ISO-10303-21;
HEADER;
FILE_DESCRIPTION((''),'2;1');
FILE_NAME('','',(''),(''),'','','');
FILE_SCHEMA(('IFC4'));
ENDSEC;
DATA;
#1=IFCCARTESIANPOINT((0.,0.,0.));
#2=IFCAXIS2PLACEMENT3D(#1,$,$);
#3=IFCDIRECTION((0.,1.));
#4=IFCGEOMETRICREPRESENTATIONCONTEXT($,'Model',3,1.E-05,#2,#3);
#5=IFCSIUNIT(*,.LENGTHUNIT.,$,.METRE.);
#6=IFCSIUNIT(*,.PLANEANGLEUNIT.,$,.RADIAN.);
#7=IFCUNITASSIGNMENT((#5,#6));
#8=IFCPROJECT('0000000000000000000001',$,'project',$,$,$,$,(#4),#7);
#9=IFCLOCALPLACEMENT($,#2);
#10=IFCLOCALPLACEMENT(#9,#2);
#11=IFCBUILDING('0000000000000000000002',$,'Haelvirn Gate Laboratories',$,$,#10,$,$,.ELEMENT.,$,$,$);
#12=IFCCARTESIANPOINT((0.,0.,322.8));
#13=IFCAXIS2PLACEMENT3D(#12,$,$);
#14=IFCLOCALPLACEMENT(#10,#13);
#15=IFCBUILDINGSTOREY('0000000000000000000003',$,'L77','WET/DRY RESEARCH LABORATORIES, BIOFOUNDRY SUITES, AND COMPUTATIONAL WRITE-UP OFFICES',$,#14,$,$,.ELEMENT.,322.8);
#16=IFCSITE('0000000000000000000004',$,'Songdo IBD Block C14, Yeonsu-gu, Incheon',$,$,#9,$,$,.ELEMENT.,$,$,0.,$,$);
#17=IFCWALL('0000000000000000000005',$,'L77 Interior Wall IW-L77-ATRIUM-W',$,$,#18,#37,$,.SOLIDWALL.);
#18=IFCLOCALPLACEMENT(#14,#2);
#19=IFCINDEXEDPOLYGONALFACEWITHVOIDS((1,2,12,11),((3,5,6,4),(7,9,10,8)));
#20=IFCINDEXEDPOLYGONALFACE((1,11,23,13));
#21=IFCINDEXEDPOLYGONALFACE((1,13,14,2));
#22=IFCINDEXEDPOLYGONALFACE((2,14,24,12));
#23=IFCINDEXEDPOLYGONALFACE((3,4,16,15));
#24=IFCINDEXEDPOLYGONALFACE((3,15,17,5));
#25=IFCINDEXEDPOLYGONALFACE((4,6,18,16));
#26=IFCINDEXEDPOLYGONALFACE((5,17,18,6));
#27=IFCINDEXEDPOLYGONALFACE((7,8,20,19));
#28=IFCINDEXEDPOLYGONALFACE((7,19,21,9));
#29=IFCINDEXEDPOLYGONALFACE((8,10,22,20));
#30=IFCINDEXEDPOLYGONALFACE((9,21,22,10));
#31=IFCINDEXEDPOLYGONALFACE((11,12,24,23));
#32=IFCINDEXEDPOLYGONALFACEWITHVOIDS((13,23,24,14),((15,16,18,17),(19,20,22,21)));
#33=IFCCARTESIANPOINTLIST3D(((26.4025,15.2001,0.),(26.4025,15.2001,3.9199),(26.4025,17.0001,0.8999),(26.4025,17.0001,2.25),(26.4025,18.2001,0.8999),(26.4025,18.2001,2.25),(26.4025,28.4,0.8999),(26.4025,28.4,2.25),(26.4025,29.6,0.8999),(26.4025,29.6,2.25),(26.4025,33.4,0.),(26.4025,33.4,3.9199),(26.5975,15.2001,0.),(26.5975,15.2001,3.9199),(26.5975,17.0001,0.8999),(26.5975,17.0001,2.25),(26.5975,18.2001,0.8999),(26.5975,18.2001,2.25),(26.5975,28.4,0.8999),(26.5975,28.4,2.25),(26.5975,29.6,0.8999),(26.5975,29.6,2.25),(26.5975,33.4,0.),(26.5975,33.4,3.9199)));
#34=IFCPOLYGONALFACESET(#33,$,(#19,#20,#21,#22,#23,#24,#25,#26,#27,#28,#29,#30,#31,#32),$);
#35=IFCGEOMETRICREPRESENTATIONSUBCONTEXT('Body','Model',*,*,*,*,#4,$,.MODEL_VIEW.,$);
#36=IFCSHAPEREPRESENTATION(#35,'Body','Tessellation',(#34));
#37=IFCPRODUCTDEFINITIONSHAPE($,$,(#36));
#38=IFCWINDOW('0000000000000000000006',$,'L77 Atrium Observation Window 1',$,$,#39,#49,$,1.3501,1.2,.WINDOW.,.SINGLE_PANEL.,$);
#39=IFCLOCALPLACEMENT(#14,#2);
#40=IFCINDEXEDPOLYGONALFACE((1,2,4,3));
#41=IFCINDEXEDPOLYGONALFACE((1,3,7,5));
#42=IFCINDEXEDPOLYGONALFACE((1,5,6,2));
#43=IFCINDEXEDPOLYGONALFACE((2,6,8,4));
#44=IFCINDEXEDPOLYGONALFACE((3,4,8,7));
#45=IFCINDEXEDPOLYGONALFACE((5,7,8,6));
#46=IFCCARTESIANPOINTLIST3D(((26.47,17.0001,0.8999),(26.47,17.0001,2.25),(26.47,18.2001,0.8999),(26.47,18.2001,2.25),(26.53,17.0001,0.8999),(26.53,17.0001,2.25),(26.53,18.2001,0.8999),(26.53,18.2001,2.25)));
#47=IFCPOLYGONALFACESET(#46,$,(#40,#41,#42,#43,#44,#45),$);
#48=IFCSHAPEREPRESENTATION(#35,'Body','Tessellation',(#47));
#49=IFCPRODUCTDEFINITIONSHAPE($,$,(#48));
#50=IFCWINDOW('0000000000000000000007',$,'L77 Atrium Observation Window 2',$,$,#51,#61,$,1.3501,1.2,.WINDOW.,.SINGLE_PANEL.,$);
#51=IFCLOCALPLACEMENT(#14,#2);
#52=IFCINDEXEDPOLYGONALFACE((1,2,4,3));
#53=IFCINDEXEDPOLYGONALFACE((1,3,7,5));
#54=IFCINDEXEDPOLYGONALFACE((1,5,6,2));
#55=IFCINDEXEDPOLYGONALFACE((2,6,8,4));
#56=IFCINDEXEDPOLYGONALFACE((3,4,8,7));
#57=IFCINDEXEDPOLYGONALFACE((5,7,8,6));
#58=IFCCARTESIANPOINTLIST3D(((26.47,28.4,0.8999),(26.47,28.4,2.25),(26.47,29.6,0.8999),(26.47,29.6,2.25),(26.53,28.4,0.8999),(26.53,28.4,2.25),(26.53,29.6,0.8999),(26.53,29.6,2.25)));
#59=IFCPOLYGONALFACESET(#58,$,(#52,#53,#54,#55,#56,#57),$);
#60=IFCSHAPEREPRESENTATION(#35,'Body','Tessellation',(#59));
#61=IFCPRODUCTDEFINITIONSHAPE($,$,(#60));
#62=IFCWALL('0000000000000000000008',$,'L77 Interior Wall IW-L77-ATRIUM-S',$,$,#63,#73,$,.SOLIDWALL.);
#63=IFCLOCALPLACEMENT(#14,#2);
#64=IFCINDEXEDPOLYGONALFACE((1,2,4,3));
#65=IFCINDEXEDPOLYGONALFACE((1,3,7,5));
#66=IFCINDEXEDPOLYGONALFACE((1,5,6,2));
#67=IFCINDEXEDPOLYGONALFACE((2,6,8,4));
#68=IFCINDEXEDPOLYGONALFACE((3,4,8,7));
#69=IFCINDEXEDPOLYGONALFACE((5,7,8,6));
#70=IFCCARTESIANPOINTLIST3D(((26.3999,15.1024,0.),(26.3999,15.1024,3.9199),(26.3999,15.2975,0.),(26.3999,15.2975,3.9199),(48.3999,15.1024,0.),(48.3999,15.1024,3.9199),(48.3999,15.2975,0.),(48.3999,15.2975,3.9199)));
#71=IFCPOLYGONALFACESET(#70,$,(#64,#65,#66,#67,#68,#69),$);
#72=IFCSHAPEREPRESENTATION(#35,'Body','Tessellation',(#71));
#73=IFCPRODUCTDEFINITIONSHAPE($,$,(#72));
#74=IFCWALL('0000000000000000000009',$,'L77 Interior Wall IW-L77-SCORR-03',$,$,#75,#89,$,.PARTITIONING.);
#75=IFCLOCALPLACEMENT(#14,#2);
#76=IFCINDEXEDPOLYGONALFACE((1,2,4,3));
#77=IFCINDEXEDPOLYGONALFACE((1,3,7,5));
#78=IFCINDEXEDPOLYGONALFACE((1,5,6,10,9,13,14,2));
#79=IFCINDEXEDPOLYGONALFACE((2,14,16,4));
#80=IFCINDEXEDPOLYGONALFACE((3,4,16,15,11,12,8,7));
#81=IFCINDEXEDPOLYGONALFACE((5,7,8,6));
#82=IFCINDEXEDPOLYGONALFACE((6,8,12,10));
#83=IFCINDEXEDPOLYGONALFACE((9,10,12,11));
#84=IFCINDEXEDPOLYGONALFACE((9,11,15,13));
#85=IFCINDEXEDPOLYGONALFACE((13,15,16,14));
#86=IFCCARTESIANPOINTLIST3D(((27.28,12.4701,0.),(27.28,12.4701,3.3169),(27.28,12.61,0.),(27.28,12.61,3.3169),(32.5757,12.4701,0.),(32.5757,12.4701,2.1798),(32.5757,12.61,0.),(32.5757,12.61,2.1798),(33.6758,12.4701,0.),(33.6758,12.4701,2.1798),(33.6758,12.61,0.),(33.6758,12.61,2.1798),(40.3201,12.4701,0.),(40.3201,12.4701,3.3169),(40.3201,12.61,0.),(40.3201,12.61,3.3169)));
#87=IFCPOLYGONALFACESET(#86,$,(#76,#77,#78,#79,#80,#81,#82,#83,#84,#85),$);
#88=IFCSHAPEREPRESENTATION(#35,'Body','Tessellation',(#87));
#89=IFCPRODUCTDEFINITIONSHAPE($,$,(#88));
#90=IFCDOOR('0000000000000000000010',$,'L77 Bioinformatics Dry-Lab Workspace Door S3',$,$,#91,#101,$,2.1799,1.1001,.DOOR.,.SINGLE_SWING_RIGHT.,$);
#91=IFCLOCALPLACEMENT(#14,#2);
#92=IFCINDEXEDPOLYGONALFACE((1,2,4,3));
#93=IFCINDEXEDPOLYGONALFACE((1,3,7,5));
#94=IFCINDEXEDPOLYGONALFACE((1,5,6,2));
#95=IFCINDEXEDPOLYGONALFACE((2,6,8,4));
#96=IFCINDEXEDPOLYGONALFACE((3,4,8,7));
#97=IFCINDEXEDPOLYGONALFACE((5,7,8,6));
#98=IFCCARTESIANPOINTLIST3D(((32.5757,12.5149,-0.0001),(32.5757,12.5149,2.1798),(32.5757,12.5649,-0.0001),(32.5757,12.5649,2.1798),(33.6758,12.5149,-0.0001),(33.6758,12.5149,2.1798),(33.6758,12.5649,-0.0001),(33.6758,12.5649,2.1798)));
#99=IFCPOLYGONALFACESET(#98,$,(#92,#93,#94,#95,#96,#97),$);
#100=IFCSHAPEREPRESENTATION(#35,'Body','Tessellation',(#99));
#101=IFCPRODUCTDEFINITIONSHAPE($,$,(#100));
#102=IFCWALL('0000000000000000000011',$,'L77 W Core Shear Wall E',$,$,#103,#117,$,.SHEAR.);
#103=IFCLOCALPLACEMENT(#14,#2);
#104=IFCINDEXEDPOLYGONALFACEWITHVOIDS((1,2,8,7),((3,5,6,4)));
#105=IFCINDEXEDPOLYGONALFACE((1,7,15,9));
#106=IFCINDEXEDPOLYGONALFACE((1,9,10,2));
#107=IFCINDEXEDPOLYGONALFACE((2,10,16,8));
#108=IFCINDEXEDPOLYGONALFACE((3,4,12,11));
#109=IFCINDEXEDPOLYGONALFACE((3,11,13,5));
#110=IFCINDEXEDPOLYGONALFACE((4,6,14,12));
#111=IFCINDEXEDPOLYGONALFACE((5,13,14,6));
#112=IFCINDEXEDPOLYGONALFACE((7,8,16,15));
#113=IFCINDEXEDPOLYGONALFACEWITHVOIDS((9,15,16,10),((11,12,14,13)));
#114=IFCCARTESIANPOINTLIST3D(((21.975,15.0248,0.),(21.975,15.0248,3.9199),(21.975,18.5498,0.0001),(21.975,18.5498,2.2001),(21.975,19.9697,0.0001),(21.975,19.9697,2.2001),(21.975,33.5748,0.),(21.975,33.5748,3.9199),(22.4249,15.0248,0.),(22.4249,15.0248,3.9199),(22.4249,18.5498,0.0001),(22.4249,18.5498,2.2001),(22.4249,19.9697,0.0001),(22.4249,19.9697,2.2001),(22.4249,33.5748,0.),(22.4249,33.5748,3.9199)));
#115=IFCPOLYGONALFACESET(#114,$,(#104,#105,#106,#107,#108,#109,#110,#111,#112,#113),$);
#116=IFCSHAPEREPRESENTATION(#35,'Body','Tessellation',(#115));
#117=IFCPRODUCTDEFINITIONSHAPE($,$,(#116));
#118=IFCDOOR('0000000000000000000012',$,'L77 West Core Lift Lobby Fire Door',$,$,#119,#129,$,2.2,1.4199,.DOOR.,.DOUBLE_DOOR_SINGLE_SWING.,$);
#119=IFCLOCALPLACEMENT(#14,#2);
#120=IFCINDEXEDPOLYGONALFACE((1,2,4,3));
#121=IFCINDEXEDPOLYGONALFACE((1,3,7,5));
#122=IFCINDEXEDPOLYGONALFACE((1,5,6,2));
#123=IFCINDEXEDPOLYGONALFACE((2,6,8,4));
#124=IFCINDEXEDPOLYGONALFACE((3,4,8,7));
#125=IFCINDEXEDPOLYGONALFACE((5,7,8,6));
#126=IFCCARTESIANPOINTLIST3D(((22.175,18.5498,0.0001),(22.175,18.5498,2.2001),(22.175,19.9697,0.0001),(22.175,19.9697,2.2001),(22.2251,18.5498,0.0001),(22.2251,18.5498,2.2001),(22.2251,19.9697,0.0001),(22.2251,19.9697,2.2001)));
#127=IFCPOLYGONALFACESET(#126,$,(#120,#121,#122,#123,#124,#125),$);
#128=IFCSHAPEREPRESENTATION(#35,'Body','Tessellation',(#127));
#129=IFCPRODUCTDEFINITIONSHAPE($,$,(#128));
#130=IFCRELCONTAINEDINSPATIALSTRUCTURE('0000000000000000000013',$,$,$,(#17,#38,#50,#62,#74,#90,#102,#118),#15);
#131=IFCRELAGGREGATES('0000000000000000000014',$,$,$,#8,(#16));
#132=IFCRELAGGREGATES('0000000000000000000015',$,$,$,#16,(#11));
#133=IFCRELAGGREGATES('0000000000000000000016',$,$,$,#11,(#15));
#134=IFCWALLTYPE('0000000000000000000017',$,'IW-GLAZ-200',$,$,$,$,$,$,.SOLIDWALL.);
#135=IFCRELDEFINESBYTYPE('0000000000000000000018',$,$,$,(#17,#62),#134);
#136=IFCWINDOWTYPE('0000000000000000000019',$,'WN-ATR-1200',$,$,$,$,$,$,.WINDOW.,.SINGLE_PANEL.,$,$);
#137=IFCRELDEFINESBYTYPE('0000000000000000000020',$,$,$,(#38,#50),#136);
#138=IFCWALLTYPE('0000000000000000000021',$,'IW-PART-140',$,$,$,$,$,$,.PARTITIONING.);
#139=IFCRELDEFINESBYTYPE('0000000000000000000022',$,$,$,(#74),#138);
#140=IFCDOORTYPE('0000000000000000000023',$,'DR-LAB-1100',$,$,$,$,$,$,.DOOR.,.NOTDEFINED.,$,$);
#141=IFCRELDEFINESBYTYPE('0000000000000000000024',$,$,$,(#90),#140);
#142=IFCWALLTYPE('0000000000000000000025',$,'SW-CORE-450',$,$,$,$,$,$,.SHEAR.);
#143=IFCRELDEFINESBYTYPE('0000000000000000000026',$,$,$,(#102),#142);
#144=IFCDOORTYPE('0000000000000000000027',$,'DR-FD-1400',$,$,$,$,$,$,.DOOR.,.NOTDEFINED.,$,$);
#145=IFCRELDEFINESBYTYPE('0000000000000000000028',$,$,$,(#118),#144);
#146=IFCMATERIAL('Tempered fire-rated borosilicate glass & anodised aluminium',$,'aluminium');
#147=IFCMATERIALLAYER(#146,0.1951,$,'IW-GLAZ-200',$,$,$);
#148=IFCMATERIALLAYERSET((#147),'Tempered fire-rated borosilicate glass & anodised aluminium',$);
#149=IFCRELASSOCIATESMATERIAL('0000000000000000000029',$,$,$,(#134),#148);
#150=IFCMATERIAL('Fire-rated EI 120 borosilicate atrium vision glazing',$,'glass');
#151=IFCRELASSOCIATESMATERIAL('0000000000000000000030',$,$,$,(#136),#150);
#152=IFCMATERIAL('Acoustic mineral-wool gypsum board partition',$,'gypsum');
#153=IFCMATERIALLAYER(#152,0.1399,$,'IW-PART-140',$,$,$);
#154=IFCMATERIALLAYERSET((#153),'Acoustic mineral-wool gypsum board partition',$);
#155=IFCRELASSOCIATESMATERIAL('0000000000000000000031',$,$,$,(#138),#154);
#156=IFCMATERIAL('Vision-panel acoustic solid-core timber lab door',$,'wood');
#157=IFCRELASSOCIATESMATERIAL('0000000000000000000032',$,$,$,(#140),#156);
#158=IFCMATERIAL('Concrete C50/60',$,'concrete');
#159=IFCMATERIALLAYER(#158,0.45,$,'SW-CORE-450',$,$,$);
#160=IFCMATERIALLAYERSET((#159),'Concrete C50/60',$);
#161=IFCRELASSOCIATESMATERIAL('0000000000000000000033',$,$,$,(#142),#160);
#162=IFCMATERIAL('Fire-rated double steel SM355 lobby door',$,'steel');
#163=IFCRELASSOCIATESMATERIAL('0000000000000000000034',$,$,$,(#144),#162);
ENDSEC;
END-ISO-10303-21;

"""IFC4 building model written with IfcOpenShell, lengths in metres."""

from ifc_helpers import new_model, si_unit, direction, frame, frame_2d, origin, place, context, subcontext, project, spatial, rectangle, extrude, source, transform, mapped, material, layer, layer_set, type_object, type_shapes, element, fill, save


model = new_model("IFC4")

# Units and contexts
model_context = context("Model", 3, precision=1e-05, world=origin(), true_north=direction((0.0, 1.0)))
body_context = subcontext(model_context, "Body", "Model", "MODEL_VIEW")
ifc_project = project(units=[si_unit("LENGTHUNIT", "METRE"), si_unit("PLANEANGLEUNIT", "RADIAN")], contexts=[model_context])

# Site, building, storey
site_placement = place(None, origin())
site = spatial("IfcSite", under=ifc_project, at=site_placement, Name="Songdo IBD Block C14, Yeonsu-gu, Incheon", CompositionType="ELEMENT", RefElevation=0.0)
building_placement = place(site_placement, origin())
building = spatial("IfcBuilding", under=site, at=building_placement, Name="Haelvirn Gate Laboratories", CompositionType="ELEMENT")
storey_placement = place(building_placement, frame((0.0, 0.0, 322.8)))
storey = spatial("IfcBuildingStorey", under=building, at=storey_placement, Name="L77", Description="WET/DRY RESEARCH LABORATORIES, BIOFOUNDRY SUITES, AND COMPUTATIONAL WRITE-UP OFFICES", CompositionType="ELEMENT", Elevation=322.8)

# Shared definitions
ifc_material_1 = material(Name="Concrete C50/60", Category="concrete")

# Wall, openings, windows
ifc_material_2 = material(Name="Tempered fire-rated borosilicate glass & anodised aluminium", Category="aluminium")
ifc_layer_1 = layer(ifc_material_2, 0.1951, Name="IW-GLAZ-200")
ifc_layer_set_1 = layer_set([ifc_layer_1], Name="Tempered fire-rated borosilicate glass & anodised aluminium")
wall_type_1 = type_object("IfcWallType", Name="IW-GLAZ-200", PredefinedType="SOLIDWALL", material=ifc_layer_set_1)
wall_1_placement = place(storey_placement, frame((26.5, 15.2, 0.0), z_axis=(0.0, 0.0, 1.0), x_axis=(0.0, 1.0, 0.0)))
wall_1 = element("IfcWall", 1, at=wall_1_placement, inside=storey, type_object=wall_type_1, Name="L77 Interior Wall IW-L77-ATRIUM-W", PredefinedType="SOLIDWALL", context=body_context, shape_type="SweptSolid", body=[
    extrude(rectangle(XDim=18.2, YDim=0.1951, at=frame_2d((9.1001, 0.0))), origin(), (0.0, 0.0, 1.0), 3.9199),
])
opening_1_placement = place(wall_1_placement, frame((1.8, 0.0, 0.8999)))
opening_1 = element("IfcOpeningElement", 2, at=opening_1_placement, cuts=wall_1, PredefinedType="OPENING", context=body_context, shape_type="SweptSolid", body=[
    extrude(rectangle(XDim=1.2, YDim=1.3501, at=frame_2d((0.6001, 0.675))), frame((0.0, 0.1074, 0.0), z_axis=(0.0, -1.0, 0.0), x_axis=(1.0, 0.0, 0.0)), (0.0, 0.0, 1.0), 0.2151),
])
opening_2_placement = place(wall_1_placement, frame((13.2, 0.0, 0.8999)))
opening_2 = element("IfcOpeningElement", 3, at=opening_2_placement, cuts=wall_1, PredefinedType="OPENING", context=body_context, shape_type="SweptSolid", body=[
    extrude(rectangle(XDim=1.2, YDim=1.3501, at=frame_2d((0.6001, 0.675))), frame((0.0, 0.1074, 0.0), z_axis=(0.0, -1.0, 0.0), x_axis=(1.0, 0.0, 0.0)), (0.0, 0.0, 1.0), 0.2151),
])
ifc_material_3 = material(Name="Fire-rated EI 120 borosilicate atrium vision glazing", Category="glass")
window_type = type_object("IfcWindowType", Name="WN-ATR-1200", PartitioningType="SINGLE_PANEL", PredefinedType="WINDOW", material=ifc_material_3)
shared_shape_1 = source(origin(), body_context, "Body", "SweptSolid", [
    extrude(rectangle(XDim=1.2, YDim=1.3501, at=frame_2d((0.6001, 0.675))), frame((0.0, 0.03, 0.0), z_axis=(0.0, -1.0, 0.0), x_axis=(1.0, 0.0, 0.0)), (0.0, 0.0, 1.0), 0.0601),
])
type_shapes(window_type, [shared_shape_1])
window_1_placement = place(opening_1_placement, origin())
window_1 = element("IfcWindow", 4, at=window_1_placement, inside=storey, type_object=window_type, Name="L77 Atrium Observation Window 1", OverallHeight=1.3501, OverallWidth=1.2, PartitioningType="SINGLE_PANEL", PredefinedType="WINDOW", context=body_context, shape_type="MappedRepresentation", body=[
    mapped(shared_shape_1, transform((0.0, 0.0, 0.0), scale=1.0)),
])
fill(opening_1, window_1)
window_2_placement = place(opening_2_placement, origin())
window_2 = element("IfcWindow", 5, at=window_2_placement, inside=storey, type_object=window_type, Name="L77 Atrium Observation Window 2", OverallHeight=1.3501, OverallWidth=1.2, PartitioningType="SINGLE_PANEL", PredefinedType="WINDOW", context=body_context, shape_type="MappedRepresentation", body=[
    mapped(shared_shape_1, transform((0.0, 0.0, 0.0), scale=1.0)),
])
fill(opening_2, window_2)

# Wall
wall_2_placement = place(storey_placement, frame((26.3999, 15.2, 0.0), z_axis=(0.0, 0.0, 1.0), x_axis=(1.0, 0.0, 0.0)))
element("IfcWall", 6, at=wall_2_placement, inside=storey, type_object=wall_type_1, Name="L77 Interior Wall IW-L77-ATRIUM-S", PredefinedType="SOLIDWALL", context=body_context, shape_type="SweptSolid", body=[
    extrude(rectangle(XDim=22.0, YDim=0.1951, at=frame_2d((11.0, 0.0))), origin(), (0.0, 0.0, 1.0), 3.9199),
])

# Walls, openings, doors
ifc_material_4 = material(Name="Acoustic mineral-wool gypsum board partition", Category="gypsum")
ifc_layer_2 = layer(ifc_material_4, 0.1399, Name="IW-PART-140")
ifc_layer_set_2 = layer_set([ifc_layer_2], Name="Acoustic mineral-wool gypsum board partition")
wall_type_2 = type_object("IfcWallType", Name="IW-PART-140", PredefinedType="PARTITIONING", material=ifc_layer_set_2)
wall_3_placement = place(storey_placement, frame((27.28, 12.54, 0.0), z_axis=(0.0, 0.0, 1.0), x_axis=(1.0, 0.0, 0.0)))
wall_3 = element("IfcWall", 7, at=wall_3_placement, inside=storey, type_object=wall_type_2, Name="L77 Interior Wall IW-L77-SCORR-03", PredefinedType="PARTITIONING", context=body_context, shape_type="SweptSolid", body=[
    extrude(rectangle(XDim=13.04, YDim=0.1399, at=frame_2d((6.52, 0.0))), origin(), (0.0, 0.0, 1.0), 3.3169),
])
opening_3_placement = place(wall_3_placement, frame((5.2957, 0.0, 0.0)))
opening_3 = element("IfcOpeningElement", 8, at=opening_3_placement, cuts=wall_3, PredefinedType="OPENING", context=body_context, shape_type="SweptSolid", body=[
    extrude(rectangle(XDim=1.1001, YDim=2.1799, at=frame_2d((0.55, 1.0898))), frame((0.0, 0.0801, 0.0), z_axis=(0.0, -1.0, 0.0), x_axis=(1.0, 0.0, 0.0)), (0.0, 0.0, 1.0), 0.1599),
])
ifc_material_5 = material(Name="Vision-panel acoustic solid-core timber lab door", Category="wood")
door_type_1 = type_object("IfcDoorType", Name="DR-LAB-1100", OperationType="NOTDEFINED", PredefinedType="DOOR", material=ifc_material_5)
shared_shape_2 = source(origin(), body_context, "Body", "SweptSolid", [
    extrude(rectangle(XDim=1.1001, YDim=2.1799, at=frame_2d((0.55, 1.0898))), frame((0.0, 0.0249, 0.0), z_axis=(0.0, -1.0, 0.0), x_axis=(1.0, 0.0, 0.0)), (0.0, 0.0, 1.0), 0.05),
])
type_shapes(door_type_1, [shared_shape_2])
door_1_placement = place(opening_3_placement, origin())
door_1 = element("IfcDoor", 9, at=door_1_placement, inside=storey, type_object=door_type_1, Name="L77 Bioinformatics Dry-Lab Workspace Door S3", OperationType="SINGLE_SWING_RIGHT", OverallHeight=2.1799, OverallWidth=1.1001, PredefinedType="DOOR", context=body_context, shape_type="MappedRepresentation", body=[
    mapped(shared_shape_2, transform((0.0, 0.0, 0.0), scale=1.0)),
])
fill(opening_3, door_1)
ifc_layer_3 = layer(ifc_material_1, 0.45, Name="SW-CORE-450")
ifc_layer_set_3 = layer_set([ifc_layer_3], Name="Concrete C50/60")
wall_type_3 = type_object("IfcWallType", Name="SW-CORE-450", PredefinedType="SHEAR", material=ifc_layer_set_3)
wall_4_placement = place(storey_placement, frame((22.2, 15.0249, 0.0), z_axis=(0.0, 0.0, 1.0), x_axis=(0.0, 1.0, 0.0)))
wall_4 = element("IfcWall", 10, at=wall_4_placement, inside=storey, type_object=wall_type_3, Name="L77 W Core Shear Wall E", PredefinedType="SHEAR", context=body_context, shape_type="SweptSolid", body=[
    extrude(rectangle(XDim=18.55, YDim=0.45, at=frame_2d((9.2749, 0.0))), origin(), (0.0, 0.0, 1.0), 3.9199),
])
opening_4_placement = place(wall_4_placement, frame((3.5249, 0.0, 0.0)))
opening_4 = element("IfcOpeningElement", 11, at=opening_4_placement, cuts=wall_4, PredefinedType="OPENING", context=body_context, shape_type="SweptSolid", body=[
    extrude(rectangle(XDim=1.4199, YDim=2.2, at=frame_2d((0.71, 1.1001))), frame((0.0, 0.2349, 0.0), z_axis=(0.0, -1.0, 0.0), x_axis=(1.0, 0.0, 0.0)), (0.0, 0.0, 1.0), 0.47),
])
ifc_material_6 = material(Name="Fire-rated double steel SM355 lobby door", Category="steel")
door_type_2 = type_object("IfcDoorType", Name="DR-FD-1400", OperationType="NOTDEFINED", PredefinedType="DOOR", material=ifc_material_6)
shared_shape_3 = source(origin(), body_context, "Body", "SweptSolid", [
    extrude(rectangle(XDim=1.4199, YDim=2.2, at=frame_2d((0.71, 1.1001))), frame((0.0, 0.0249, 0.0), z_axis=(0.0, -1.0, 0.0), x_axis=(1.0, 0.0, 0.0)), (0.0, 0.0, 1.0), 0.05),
])
type_shapes(door_type_2, [shared_shape_3])
door_2_placement = place(opening_4_placement, origin())
door_2 = element("IfcDoor", 12, at=door_2_placement, inside=storey, type_object=door_type_2, Name="L77 West Core Lift Lobby Fire Door", OperationType="DOUBLE_DOOR_SINGLE_SWING", OverallHeight=2.2, OverallWidth=1.4199, PredefinedType="DOOR", context=body_context, shape_type="MappedRepresentation", body=[
    mapped(shared_shape_3, transform((0.0, 0.0, 0.0), scale=1.0)),
])
fill(opening_4, door_2)

save(model, "model.ifc")
